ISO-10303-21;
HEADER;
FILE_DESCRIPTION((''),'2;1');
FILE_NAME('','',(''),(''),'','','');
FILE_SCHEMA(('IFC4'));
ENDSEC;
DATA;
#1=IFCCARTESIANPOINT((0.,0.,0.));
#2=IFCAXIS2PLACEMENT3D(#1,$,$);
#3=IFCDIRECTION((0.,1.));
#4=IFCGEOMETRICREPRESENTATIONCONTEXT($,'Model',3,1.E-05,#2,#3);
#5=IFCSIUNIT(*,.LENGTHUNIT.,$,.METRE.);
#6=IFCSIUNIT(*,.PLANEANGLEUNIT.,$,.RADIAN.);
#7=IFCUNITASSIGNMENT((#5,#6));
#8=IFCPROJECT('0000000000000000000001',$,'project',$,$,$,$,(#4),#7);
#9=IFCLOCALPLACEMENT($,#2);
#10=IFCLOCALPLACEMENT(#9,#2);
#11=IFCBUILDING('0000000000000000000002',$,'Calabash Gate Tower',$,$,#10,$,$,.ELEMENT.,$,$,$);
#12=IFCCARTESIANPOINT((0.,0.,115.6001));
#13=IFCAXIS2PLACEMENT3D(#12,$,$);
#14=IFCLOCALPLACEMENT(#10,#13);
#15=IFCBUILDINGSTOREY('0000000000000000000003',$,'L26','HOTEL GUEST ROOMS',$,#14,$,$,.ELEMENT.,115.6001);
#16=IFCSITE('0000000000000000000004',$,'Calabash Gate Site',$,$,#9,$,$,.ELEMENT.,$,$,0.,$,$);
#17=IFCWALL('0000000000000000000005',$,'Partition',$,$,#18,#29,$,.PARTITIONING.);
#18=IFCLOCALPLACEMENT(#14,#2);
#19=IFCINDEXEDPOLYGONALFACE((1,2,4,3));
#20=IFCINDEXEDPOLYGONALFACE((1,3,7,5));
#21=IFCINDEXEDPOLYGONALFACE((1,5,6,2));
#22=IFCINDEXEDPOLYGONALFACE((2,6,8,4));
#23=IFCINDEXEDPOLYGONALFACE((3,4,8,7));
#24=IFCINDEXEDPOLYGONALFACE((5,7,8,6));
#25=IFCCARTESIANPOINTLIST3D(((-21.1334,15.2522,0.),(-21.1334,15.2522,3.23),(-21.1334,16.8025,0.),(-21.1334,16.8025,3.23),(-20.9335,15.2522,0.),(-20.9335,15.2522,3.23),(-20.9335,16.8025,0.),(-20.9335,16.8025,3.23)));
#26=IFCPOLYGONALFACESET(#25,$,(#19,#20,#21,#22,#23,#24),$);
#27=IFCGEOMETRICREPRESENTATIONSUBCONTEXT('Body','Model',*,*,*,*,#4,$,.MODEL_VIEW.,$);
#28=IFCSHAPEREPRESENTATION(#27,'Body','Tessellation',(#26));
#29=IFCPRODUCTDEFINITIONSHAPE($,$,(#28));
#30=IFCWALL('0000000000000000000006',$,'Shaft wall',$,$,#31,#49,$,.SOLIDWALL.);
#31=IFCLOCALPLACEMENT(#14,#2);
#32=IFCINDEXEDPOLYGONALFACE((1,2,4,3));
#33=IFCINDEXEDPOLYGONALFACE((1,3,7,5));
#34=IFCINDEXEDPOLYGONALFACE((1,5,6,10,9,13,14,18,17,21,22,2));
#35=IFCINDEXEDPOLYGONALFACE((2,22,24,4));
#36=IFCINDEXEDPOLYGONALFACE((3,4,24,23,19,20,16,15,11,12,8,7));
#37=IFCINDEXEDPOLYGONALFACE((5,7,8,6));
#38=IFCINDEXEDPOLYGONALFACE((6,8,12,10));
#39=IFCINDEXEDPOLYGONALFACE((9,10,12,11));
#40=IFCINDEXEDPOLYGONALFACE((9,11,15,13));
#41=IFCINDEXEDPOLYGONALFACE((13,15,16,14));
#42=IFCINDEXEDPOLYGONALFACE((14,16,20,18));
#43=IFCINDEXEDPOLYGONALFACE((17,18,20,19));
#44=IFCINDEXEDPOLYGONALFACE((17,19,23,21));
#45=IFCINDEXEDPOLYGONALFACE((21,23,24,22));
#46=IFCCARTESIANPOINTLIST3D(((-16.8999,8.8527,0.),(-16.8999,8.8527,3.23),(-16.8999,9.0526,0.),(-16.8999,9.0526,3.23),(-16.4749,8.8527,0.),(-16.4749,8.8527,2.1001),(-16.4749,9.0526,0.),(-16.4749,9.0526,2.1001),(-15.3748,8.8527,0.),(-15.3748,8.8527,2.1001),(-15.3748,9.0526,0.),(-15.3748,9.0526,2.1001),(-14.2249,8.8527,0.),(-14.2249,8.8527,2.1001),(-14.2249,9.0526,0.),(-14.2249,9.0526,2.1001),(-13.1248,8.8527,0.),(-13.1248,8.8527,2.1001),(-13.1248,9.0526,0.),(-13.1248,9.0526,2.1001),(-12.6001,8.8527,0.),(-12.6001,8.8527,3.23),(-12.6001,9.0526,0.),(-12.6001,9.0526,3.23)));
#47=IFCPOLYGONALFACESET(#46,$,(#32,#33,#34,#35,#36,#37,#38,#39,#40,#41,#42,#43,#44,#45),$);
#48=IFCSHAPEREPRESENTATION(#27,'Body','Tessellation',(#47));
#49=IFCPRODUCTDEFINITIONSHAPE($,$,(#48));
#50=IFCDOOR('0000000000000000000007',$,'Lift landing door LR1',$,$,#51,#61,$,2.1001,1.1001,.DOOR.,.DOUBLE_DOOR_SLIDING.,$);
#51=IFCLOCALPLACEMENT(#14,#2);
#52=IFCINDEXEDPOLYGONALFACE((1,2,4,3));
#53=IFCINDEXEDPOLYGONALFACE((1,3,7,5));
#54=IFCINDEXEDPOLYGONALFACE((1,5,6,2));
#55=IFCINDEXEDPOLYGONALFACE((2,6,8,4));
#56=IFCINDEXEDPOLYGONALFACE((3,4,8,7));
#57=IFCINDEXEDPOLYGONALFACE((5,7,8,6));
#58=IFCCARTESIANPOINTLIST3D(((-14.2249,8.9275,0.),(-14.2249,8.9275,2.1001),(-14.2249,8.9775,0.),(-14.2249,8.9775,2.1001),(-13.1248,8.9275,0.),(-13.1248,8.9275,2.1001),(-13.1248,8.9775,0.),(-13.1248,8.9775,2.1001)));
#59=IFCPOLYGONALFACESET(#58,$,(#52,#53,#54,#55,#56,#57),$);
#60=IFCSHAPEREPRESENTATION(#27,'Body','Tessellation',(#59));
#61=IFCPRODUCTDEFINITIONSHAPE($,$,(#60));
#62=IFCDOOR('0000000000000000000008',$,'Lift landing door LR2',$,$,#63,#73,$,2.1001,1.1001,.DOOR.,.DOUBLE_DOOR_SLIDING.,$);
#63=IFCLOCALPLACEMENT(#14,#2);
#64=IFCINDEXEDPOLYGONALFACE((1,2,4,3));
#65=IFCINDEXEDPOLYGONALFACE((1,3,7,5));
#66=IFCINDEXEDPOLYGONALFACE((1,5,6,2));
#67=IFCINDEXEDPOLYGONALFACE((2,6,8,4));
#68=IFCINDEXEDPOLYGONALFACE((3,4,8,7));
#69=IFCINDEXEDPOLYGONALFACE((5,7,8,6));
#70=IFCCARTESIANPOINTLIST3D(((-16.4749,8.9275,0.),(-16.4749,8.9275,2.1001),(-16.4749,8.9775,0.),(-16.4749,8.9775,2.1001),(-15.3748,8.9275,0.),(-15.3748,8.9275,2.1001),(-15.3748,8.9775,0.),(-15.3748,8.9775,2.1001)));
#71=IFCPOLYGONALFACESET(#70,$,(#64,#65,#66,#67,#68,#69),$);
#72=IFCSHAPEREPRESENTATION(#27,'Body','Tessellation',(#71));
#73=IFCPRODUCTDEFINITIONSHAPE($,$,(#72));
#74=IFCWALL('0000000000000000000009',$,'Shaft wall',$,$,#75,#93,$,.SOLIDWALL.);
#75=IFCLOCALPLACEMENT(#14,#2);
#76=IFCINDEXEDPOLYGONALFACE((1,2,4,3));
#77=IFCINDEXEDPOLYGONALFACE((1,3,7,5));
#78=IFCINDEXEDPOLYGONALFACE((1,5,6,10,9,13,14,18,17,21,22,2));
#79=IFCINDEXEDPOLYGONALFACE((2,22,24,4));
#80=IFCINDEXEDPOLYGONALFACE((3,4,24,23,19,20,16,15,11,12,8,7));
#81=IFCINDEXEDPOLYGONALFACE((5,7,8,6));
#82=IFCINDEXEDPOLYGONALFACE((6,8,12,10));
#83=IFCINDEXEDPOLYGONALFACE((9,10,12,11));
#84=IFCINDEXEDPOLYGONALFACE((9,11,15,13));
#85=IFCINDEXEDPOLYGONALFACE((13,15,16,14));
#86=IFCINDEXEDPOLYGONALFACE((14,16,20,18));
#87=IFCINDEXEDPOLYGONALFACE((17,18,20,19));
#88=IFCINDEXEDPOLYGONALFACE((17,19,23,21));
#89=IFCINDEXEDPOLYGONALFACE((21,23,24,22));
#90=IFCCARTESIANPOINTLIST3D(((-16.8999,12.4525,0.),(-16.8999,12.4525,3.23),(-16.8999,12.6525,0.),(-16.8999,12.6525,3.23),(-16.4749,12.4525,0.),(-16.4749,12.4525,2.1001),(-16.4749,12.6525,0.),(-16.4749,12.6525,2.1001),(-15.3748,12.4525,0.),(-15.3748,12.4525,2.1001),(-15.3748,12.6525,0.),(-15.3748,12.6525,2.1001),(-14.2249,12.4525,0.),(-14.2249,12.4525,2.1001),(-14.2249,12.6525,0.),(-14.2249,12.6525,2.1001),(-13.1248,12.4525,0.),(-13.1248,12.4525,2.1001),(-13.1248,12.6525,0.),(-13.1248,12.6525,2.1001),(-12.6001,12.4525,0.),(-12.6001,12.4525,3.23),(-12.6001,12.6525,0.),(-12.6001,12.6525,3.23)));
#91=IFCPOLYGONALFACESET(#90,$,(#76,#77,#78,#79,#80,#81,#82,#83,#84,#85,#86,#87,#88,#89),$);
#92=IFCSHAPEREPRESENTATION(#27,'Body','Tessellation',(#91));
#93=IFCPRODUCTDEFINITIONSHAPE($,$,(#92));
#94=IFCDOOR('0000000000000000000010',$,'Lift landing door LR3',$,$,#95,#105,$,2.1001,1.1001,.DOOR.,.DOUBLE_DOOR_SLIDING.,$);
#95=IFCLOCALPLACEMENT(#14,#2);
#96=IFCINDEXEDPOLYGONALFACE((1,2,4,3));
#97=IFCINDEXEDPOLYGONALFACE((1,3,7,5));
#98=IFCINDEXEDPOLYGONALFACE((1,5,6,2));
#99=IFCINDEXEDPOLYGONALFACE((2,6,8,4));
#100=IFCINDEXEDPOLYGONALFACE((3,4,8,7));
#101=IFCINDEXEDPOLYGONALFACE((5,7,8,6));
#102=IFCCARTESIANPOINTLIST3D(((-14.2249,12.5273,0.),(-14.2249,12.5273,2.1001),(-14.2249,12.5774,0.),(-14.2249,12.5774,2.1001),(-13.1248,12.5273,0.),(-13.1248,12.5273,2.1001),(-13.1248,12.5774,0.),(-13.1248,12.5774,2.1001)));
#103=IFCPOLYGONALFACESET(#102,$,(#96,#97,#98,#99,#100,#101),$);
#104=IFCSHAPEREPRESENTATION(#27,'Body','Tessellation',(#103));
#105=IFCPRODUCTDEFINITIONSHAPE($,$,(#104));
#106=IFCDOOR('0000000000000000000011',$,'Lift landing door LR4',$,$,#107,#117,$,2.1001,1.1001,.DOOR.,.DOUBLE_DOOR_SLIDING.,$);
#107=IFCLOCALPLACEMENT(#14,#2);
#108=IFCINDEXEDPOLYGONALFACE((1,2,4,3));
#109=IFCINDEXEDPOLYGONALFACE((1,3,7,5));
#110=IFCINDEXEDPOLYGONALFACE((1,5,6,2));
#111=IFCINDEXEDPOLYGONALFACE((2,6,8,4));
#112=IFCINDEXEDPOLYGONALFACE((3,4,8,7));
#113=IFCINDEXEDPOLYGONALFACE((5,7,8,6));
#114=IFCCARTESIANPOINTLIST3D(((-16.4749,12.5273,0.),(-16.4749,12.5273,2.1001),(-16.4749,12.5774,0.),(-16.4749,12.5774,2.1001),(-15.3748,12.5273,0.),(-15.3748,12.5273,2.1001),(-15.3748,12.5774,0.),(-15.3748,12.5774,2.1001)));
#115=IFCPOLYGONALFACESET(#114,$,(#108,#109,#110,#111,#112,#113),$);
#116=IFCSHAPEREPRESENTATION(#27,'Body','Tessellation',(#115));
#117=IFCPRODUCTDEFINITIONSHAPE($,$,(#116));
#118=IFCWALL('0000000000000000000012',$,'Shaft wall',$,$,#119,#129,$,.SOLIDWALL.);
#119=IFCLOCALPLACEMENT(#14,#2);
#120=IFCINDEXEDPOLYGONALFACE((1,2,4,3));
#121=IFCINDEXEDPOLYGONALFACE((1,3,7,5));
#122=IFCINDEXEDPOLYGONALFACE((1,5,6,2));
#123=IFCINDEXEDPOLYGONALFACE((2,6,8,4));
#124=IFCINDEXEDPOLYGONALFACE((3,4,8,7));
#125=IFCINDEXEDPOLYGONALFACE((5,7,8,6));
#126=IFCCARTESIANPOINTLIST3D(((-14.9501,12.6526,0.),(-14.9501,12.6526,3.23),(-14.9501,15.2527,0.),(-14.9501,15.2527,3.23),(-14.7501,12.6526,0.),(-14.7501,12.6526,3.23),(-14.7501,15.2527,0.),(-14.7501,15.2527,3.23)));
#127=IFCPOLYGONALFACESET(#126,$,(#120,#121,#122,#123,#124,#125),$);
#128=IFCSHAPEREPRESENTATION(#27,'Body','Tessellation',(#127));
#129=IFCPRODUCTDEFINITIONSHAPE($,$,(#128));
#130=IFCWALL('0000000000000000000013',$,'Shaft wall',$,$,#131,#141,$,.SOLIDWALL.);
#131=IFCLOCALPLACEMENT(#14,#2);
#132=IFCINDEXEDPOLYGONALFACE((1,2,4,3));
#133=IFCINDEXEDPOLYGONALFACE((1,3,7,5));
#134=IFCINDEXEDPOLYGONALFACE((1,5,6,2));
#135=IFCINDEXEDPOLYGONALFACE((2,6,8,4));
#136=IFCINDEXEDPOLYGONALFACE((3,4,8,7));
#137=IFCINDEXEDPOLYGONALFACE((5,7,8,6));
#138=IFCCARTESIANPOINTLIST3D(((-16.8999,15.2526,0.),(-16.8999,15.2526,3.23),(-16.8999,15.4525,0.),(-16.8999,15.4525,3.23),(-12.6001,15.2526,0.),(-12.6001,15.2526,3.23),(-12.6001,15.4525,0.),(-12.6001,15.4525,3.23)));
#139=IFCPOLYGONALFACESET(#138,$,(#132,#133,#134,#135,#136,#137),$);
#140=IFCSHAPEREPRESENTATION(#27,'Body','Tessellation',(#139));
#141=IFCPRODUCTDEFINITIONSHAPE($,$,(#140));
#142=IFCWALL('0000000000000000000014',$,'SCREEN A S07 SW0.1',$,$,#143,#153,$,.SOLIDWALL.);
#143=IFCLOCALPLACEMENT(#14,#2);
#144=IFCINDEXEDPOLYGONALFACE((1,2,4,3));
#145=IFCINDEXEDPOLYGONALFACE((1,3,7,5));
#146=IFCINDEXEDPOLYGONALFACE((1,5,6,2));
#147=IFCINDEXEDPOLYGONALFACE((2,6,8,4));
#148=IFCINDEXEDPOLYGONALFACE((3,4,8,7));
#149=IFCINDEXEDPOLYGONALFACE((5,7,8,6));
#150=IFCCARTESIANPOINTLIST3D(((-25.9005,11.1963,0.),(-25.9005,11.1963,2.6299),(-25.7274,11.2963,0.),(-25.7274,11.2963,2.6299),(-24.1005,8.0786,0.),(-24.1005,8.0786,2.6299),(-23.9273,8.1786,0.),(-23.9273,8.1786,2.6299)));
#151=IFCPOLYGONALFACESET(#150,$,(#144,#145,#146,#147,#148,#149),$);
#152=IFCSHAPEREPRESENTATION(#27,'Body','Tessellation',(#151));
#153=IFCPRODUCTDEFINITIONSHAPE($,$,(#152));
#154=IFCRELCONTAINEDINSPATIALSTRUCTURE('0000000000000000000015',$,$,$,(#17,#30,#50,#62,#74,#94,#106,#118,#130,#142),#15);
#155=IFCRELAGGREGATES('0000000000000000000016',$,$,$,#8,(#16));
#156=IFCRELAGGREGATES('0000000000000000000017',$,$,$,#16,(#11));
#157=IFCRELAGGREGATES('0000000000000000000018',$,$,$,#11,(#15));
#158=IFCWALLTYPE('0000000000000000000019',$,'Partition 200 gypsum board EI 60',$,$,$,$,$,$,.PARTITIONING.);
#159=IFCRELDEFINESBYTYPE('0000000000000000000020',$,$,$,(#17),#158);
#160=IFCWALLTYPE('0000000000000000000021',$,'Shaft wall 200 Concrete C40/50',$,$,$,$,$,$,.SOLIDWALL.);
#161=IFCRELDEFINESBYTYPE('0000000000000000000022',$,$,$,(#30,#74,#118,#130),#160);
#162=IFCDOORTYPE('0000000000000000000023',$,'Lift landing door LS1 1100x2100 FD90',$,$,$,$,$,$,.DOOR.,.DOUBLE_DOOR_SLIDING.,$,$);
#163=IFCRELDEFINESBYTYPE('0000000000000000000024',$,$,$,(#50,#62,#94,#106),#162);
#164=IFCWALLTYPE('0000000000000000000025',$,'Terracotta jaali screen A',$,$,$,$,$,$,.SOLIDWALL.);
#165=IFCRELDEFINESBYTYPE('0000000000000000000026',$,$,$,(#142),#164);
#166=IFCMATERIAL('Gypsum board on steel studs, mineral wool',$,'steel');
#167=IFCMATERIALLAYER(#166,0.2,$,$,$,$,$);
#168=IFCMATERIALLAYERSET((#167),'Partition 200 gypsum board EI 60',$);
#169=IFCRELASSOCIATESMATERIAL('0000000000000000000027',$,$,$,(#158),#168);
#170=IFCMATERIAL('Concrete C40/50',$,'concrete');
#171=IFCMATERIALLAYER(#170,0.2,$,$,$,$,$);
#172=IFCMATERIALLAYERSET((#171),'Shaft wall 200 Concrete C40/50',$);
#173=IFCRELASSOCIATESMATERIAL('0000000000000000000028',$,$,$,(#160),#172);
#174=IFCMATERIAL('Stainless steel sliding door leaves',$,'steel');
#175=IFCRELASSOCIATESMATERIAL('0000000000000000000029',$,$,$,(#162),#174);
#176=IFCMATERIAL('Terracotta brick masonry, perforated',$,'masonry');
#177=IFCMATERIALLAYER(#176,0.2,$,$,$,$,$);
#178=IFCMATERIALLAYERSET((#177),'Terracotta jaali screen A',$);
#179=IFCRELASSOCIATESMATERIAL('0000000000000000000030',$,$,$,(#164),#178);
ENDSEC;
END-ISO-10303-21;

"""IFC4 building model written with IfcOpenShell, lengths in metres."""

from ifc_helpers import new_model, si_unit, direction, frame, frame_2d, origin, place, context, subcontext, project, spatial, rectangle, extrude, material, layer, layer_set, type_object, element, fill, save


model = new_model("IFC4")

# Units and contexts
model_context = context("Model", 3, precision=1e-05, world=origin(), true_north=direction((0.0, 1.0)))
body_context = subcontext(model_context, "Body", "Model", "MODEL_VIEW")
ifc_project = project(units=[si_unit("LENGTHUNIT", "METRE"), si_unit("PLANEANGLEUNIT", "RADIAN")], contexts=[model_context])

# Site, building, storey
site_placement = place(None, origin())
site = spatial("IfcSite", under=ifc_project, at=site_placement, Name="Calabash Gate Site", CompositionType="ELEMENT", RefElevation=0.0)
building_placement = place(site_placement, origin())
building = spatial("IfcBuilding", under=site, at=building_placement, Name="Calabash Gate Tower", CompositionType="ELEMENT")
storey_placement = place(building_placement, frame((0.0, 0.0, 115.6001)))
storey = spatial("IfcBuildingStorey", under=building, at=storey_placement, Name="L26", Description="HOTEL GUEST ROOMS", CompositionType="ELEMENT", Elevation=115.6001)

# Shared definitions
ifc_material_1 = material(Name="Gypsum board on steel studs, mineral wool", Category="steel")
ifc_layer_1 = layer(ifc_material_1, 0.2)
ifc_layer_set_1 = layer_set([ifc_layer_1], Name="Partition 200 gypsum board EI 60")
wall_type_1 = type_object("IfcWallType", Name="Partition 200 gypsum board EI 60", PredefinedType="PARTITIONING", material=ifc_layer_set_1)

# Wall
wall_1_placement = place(storey_placement, frame((-21.0334, 16.8025, 0.0), z_axis=(0.0, 0.0, 1.0), x_axis=(0.0, -1.0, 0.0)))
element("IfcWall", 1, at=wall_1_placement, inside=storey, type_object=wall_type_1, Name="Partition", PredefinedType="PARTITIONING", context=body_context, shape_type="SweptSolid", body=[
    extrude(rectangle(XDim=1.5503, YDim=0.2, at=frame_2d((0.7751, 0.0))), origin(), (0.0, 0.0, 1.0), 3.23),
])

# Walls, openings, doors
ifc_material_2 = material(Name="Concrete C40/50", Category="concrete")
ifc_layer_2 = layer(ifc_material_2, 0.2)
ifc_layer_set_2 = layer_set([ifc_layer_2], Name="Shaft wall 200 Concrete C40/50")
wall_type_2 = type_object("IfcWallType", Name="Shaft wall 200 Concrete C40/50", PredefinedType="SOLIDWALL", material=ifc_layer_set_2)
wall_2_placement = place(storey_placement, frame((-16.8999, 8.9526, 0.0), z_axis=(0.0, 0.0, 1.0), x_axis=(1.0, 0.0, 0.0)))
wall_2 = element("IfcWall", 2, at=wall_2_placement, inside=storey, type_object=wall_type_2, Name="Shaft wall", PredefinedType="SOLIDWALL", context=body_context, shape_type="SweptSolid", body=[
    extrude(rectangle(XDim=4.2998, YDim=0.2, at=frame_2d((2.1499, 0.0))), origin(), (0.0, 0.0, 1.0), 3.23),
])
opening_1_placement = place(wall_2_placement, frame((2.675, 0.0, 0.0)))
opening_1 = element("IfcOpeningElement", 3, at=opening_1_placement, cuts=wall_2, PredefinedType="OPENING", context=body_context, shape_type="SweptSolid", body=[
    extrude(rectangle(XDim=1.1001, YDim=2.1001, at=frame_2d((0.55, 1.05))), frame((0.0, 0.1099, 0.0), z_axis=(0.0, -1.0, 0.0), x_axis=(1.0, 0.0, 0.0)), (0.0, 0.0, 1.0), 0.22),
])
opening_2_placement = place(wall_2_placement, frame((0.425, 0.0, 0.0)))
opening_2 = element("IfcOpeningElement", 4, at=opening_2_placement, cuts=wall_2, PredefinedType="OPENING", context=body_context, shape_type="SweptSolid", body=[
    extrude(rectangle(XDim=1.1001, YDim=2.1001, at=frame_2d((0.55, 1.05))), frame((0.0, 0.1099, 0.0), z_axis=(0.0, -1.0, 0.0), x_axis=(1.0, 0.0, 0.0)), (0.0, 0.0, 1.0), 0.22),
])
ifc_material_3 = material(Name="Stainless steel sliding door leaves", Category="steel")
door_type_1 = type_object("IfcDoorType", Name="Lift landing door LS1 1100x2100 FD90", OperationType="DOUBLE_DOOR_SLIDING", PredefinedType="DOOR", material=ifc_material_3)
door_1_placement = place(opening_1_placement, origin())
door_1 = element("IfcDoor", 5, at=door_1_placement, inside=storey, type_object=door_type_1, Name="Lift landing door LR1", OperationType="DOUBLE_DOOR_SLIDING", OverallHeight=2.1001, OverallWidth=1.1001, PredefinedType="DOOR", context=body_context, shape_type="SweptSolid", body=[
    extrude(rectangle(XDim=1.1001, YDim=2.1001, at=frame_2d((0.55, 1.05))), frame((0.0, 0.0249, 0.0), z_axis=(0.0, -1.0, 0.0), x_axis=(1.0, 0.0, 0.0)), (0.0, 0.0, 1.0), 0.05),
])
fill(opening_1, door_1)
door_2_placement = place(opening_2_placement, origin())
door_2 = element("IfcDoor", 6, at=door_2_placement, inside=storey, type_object=door_type_1, Name="Lift landing door LR2", OperationType="DOUBLE_DOOR_SLIDING", OverallHeight=2.1001, OverallWidth=1.1001, PredefinedType="DOOR", context=body_context, shape_type="SweptSolid", body=[
    extrude(rectangle(XDim=1.1001, YDim=2.1001, at=frame_2d((0.55, 1.05))), frame((0.0, 0.0249, 0.0), z_axis=(0.0, -1.0, 0.0), x_axis=(1.0, 0.0, 0.0)), (0.0, 0.0, 1.0), 0.05),
])
fill(opening_2, door_2)
wall_3_placement = place(storey_placement, frame((-16.8999, 12.5525, 0.0), z_axis=(0.0, 0.0, 1.0), x_axis=(1.0, 0.0, 0.0)))
wall_3 = element("IfcWall", 7, at=wall_3_placement, inside=storey, type_object=wall_type_2, Name="Shaft wall", PredefinedType="SOLIDWALL", context=body_context, shape_type="SweptSolid", body=[
    extrude(rectangle(XDim=4.2998, YDim=0.2, at=frame_2d((2.1499, 0.0))), origin(), (0.0, 0.0, 1.0), 3.23),
])
opening_3_placement = place(wall_3_placement, frame((2.675, 0.0, 0.0)))
opening_3 = element("IfcOpeningElement", 8, at=opening_3_placement, cuts=wall_3, PredefinedType="OPENING", context=body_context, shape_type="SweptSolid", body=[
    extrude(rectangle(XDim=1.1001, YDim=2.1001, at=frame_2d((0.55, 1.05))), frame((0.0, 0.1099, 0.0), z_axis=(0.0, -1.0, 0.0), x_axis=(1.0, 0.0, 0.0)), (0.0, 0.0, 1.0), 0.22),
])
opening_4_placement = place(wall_3_placement, frame((0.425, 0.0, 0.0)))
opening_4 = element("IfcOpeningElement", 9, at=opening_4_placement, cuts=wall_3, PredefinedType="OPENING", context=body_context, shape_type="SweptSolid", body=[
    extrude(rectangle(XDim=1.1001, YDim=2.1001, at=frame_2d((0.55, 1.05))), frame((0.0, 0.1099, 0.0), z_axis=(0.0, -1.0, 0.0), x_axis=(1.0, 0.0, 0.0)), (0.0, 0.0, 1.0), 0.22),
])
door_3_placement = place(opening_3_placement, origin())
door_3 = element("IfcDoor", 10, at=door_3_placement, inside=storey, type_object=door_type_1, Name="Lift landing door LR3", OperationType="DOUBLE_DOOR_SLIDING", OverallHeight=2.1001, OverallWidth=1.1001, PredefinedType="DOOR", context=body_context, shape_type="SweptSolid", body=[
    extrude(rectangle(XDim=1.1001, YDim=2.1001, at=frame_2d((0.55, 1.05))), frame((0.0, 0.0249, 0.0), z_axis=(0.0, -1.0, 0.0), x_axis=(1.0, 0.0, 0.0)), (0.0, 0.0, 1.0), 0.05),
])
fill(opening_3, door_3)
door_4_placement = place(opening_4_placement, origin())
door_4 = element("IfcDoor", 11, at=door_4_placement, inside=storey, type_object=door_type_1, Name="Lift landing door LR4", OperationType="DOUBLE_DOOR_SLIDING", OverallHeight=2.1001, OverallWidth=1.1001, PredefinedType="DOOR", context=body_context, shape_type="SweptSolid", body=[
    extrude(rectangle(XDim=1.1001, YDim=2.1001, at=frame_2d((0.55, 1.05))), frame((0.0, 0.0249, 0.0), z_axis=(0.0, -1.0, 0.0), x_axis=(1.0, 0.0, 0.0)), (0.0, 0.0, 1.0), 0.05),
])
fill(opening_4, door_4)

# Walls
wall_4_placement = place(storey_placement, frame((-14.8501, 12.6526, 0.0), z_axis=(0.0, 0.0, 1.0), x_axis=(0.0, 1.0, 0.0)))
element("IfcWall", 12, at=wall_4_placement, inside=storey, type_object=wall_type_2, Name="Shaft wall", PredefinedType="SOLIDWALL", context=body_context, shape_type="SweptSolid", body=[
    extrude(rectangle(XDim=2.6001, YDim=0.2, at=frame_2d((1.3, 0.0))), origin(), (0.0, 0.0, 1.0), 3.23),
])
wall_5_placement = place(storey_placement, frame((-16.8999, 15.3525, 0.0), z_axis=(0.0, 0.0, 1.0), x_axis=(1.0, 0.0, 0.0)))
element("IfcWall", 13, at=wall_5_placement, inside=storey, type_object=wall_type_2, Name="Shaft wall", PredefinedType="SOLIDWALL", context=body_context, shape_type="SweptSolid", body=[
    extrude(rectangle(XDim=4.2998, YDim=0.2, at=frame_2d((2.1499, 0.0))), origin(), (0.0, 0.0, 1.0), 3.23),
])
ifc_material_4 = material(Name="Terracotta brick masonry, perforated", Category="masonry")
ifc_layer_3 = layer(ifc_material_4, 0.2)
ifc_layer_set_3 = layer_set([ifc_layer_3], Name="Terracotta jaali screen A")
wall_type_3 = type_object("IfcWallType", Name="Terracotta jaali screen A", PredefinedType="SOLIDWALL", material=ifc_layer_set_3)
wall_6_placement = place(storey_placement, frame((-25.814, 11.2463, 0.0), z_axis=(0.0, 0.0, 1.0), x_axis=(0.500012, -0.866018, 0.0)))
element("IfcWall", 14, at=wall_6_placement, inside=storey, type_object=wall_type_3, Name="SCREEN A S07 SW0.1", PredefinedType="SOLIDWALL", context=body_context, shape_type="SweptSolid", body=[
    extrude(rectangle(XDim=3.6001, YDim=0.2, at=frame_2d((1.8, 0.0))), origin(), (0.0, 0.0, 1.0), 2.6299),
])

save(model, "model.ifc")
